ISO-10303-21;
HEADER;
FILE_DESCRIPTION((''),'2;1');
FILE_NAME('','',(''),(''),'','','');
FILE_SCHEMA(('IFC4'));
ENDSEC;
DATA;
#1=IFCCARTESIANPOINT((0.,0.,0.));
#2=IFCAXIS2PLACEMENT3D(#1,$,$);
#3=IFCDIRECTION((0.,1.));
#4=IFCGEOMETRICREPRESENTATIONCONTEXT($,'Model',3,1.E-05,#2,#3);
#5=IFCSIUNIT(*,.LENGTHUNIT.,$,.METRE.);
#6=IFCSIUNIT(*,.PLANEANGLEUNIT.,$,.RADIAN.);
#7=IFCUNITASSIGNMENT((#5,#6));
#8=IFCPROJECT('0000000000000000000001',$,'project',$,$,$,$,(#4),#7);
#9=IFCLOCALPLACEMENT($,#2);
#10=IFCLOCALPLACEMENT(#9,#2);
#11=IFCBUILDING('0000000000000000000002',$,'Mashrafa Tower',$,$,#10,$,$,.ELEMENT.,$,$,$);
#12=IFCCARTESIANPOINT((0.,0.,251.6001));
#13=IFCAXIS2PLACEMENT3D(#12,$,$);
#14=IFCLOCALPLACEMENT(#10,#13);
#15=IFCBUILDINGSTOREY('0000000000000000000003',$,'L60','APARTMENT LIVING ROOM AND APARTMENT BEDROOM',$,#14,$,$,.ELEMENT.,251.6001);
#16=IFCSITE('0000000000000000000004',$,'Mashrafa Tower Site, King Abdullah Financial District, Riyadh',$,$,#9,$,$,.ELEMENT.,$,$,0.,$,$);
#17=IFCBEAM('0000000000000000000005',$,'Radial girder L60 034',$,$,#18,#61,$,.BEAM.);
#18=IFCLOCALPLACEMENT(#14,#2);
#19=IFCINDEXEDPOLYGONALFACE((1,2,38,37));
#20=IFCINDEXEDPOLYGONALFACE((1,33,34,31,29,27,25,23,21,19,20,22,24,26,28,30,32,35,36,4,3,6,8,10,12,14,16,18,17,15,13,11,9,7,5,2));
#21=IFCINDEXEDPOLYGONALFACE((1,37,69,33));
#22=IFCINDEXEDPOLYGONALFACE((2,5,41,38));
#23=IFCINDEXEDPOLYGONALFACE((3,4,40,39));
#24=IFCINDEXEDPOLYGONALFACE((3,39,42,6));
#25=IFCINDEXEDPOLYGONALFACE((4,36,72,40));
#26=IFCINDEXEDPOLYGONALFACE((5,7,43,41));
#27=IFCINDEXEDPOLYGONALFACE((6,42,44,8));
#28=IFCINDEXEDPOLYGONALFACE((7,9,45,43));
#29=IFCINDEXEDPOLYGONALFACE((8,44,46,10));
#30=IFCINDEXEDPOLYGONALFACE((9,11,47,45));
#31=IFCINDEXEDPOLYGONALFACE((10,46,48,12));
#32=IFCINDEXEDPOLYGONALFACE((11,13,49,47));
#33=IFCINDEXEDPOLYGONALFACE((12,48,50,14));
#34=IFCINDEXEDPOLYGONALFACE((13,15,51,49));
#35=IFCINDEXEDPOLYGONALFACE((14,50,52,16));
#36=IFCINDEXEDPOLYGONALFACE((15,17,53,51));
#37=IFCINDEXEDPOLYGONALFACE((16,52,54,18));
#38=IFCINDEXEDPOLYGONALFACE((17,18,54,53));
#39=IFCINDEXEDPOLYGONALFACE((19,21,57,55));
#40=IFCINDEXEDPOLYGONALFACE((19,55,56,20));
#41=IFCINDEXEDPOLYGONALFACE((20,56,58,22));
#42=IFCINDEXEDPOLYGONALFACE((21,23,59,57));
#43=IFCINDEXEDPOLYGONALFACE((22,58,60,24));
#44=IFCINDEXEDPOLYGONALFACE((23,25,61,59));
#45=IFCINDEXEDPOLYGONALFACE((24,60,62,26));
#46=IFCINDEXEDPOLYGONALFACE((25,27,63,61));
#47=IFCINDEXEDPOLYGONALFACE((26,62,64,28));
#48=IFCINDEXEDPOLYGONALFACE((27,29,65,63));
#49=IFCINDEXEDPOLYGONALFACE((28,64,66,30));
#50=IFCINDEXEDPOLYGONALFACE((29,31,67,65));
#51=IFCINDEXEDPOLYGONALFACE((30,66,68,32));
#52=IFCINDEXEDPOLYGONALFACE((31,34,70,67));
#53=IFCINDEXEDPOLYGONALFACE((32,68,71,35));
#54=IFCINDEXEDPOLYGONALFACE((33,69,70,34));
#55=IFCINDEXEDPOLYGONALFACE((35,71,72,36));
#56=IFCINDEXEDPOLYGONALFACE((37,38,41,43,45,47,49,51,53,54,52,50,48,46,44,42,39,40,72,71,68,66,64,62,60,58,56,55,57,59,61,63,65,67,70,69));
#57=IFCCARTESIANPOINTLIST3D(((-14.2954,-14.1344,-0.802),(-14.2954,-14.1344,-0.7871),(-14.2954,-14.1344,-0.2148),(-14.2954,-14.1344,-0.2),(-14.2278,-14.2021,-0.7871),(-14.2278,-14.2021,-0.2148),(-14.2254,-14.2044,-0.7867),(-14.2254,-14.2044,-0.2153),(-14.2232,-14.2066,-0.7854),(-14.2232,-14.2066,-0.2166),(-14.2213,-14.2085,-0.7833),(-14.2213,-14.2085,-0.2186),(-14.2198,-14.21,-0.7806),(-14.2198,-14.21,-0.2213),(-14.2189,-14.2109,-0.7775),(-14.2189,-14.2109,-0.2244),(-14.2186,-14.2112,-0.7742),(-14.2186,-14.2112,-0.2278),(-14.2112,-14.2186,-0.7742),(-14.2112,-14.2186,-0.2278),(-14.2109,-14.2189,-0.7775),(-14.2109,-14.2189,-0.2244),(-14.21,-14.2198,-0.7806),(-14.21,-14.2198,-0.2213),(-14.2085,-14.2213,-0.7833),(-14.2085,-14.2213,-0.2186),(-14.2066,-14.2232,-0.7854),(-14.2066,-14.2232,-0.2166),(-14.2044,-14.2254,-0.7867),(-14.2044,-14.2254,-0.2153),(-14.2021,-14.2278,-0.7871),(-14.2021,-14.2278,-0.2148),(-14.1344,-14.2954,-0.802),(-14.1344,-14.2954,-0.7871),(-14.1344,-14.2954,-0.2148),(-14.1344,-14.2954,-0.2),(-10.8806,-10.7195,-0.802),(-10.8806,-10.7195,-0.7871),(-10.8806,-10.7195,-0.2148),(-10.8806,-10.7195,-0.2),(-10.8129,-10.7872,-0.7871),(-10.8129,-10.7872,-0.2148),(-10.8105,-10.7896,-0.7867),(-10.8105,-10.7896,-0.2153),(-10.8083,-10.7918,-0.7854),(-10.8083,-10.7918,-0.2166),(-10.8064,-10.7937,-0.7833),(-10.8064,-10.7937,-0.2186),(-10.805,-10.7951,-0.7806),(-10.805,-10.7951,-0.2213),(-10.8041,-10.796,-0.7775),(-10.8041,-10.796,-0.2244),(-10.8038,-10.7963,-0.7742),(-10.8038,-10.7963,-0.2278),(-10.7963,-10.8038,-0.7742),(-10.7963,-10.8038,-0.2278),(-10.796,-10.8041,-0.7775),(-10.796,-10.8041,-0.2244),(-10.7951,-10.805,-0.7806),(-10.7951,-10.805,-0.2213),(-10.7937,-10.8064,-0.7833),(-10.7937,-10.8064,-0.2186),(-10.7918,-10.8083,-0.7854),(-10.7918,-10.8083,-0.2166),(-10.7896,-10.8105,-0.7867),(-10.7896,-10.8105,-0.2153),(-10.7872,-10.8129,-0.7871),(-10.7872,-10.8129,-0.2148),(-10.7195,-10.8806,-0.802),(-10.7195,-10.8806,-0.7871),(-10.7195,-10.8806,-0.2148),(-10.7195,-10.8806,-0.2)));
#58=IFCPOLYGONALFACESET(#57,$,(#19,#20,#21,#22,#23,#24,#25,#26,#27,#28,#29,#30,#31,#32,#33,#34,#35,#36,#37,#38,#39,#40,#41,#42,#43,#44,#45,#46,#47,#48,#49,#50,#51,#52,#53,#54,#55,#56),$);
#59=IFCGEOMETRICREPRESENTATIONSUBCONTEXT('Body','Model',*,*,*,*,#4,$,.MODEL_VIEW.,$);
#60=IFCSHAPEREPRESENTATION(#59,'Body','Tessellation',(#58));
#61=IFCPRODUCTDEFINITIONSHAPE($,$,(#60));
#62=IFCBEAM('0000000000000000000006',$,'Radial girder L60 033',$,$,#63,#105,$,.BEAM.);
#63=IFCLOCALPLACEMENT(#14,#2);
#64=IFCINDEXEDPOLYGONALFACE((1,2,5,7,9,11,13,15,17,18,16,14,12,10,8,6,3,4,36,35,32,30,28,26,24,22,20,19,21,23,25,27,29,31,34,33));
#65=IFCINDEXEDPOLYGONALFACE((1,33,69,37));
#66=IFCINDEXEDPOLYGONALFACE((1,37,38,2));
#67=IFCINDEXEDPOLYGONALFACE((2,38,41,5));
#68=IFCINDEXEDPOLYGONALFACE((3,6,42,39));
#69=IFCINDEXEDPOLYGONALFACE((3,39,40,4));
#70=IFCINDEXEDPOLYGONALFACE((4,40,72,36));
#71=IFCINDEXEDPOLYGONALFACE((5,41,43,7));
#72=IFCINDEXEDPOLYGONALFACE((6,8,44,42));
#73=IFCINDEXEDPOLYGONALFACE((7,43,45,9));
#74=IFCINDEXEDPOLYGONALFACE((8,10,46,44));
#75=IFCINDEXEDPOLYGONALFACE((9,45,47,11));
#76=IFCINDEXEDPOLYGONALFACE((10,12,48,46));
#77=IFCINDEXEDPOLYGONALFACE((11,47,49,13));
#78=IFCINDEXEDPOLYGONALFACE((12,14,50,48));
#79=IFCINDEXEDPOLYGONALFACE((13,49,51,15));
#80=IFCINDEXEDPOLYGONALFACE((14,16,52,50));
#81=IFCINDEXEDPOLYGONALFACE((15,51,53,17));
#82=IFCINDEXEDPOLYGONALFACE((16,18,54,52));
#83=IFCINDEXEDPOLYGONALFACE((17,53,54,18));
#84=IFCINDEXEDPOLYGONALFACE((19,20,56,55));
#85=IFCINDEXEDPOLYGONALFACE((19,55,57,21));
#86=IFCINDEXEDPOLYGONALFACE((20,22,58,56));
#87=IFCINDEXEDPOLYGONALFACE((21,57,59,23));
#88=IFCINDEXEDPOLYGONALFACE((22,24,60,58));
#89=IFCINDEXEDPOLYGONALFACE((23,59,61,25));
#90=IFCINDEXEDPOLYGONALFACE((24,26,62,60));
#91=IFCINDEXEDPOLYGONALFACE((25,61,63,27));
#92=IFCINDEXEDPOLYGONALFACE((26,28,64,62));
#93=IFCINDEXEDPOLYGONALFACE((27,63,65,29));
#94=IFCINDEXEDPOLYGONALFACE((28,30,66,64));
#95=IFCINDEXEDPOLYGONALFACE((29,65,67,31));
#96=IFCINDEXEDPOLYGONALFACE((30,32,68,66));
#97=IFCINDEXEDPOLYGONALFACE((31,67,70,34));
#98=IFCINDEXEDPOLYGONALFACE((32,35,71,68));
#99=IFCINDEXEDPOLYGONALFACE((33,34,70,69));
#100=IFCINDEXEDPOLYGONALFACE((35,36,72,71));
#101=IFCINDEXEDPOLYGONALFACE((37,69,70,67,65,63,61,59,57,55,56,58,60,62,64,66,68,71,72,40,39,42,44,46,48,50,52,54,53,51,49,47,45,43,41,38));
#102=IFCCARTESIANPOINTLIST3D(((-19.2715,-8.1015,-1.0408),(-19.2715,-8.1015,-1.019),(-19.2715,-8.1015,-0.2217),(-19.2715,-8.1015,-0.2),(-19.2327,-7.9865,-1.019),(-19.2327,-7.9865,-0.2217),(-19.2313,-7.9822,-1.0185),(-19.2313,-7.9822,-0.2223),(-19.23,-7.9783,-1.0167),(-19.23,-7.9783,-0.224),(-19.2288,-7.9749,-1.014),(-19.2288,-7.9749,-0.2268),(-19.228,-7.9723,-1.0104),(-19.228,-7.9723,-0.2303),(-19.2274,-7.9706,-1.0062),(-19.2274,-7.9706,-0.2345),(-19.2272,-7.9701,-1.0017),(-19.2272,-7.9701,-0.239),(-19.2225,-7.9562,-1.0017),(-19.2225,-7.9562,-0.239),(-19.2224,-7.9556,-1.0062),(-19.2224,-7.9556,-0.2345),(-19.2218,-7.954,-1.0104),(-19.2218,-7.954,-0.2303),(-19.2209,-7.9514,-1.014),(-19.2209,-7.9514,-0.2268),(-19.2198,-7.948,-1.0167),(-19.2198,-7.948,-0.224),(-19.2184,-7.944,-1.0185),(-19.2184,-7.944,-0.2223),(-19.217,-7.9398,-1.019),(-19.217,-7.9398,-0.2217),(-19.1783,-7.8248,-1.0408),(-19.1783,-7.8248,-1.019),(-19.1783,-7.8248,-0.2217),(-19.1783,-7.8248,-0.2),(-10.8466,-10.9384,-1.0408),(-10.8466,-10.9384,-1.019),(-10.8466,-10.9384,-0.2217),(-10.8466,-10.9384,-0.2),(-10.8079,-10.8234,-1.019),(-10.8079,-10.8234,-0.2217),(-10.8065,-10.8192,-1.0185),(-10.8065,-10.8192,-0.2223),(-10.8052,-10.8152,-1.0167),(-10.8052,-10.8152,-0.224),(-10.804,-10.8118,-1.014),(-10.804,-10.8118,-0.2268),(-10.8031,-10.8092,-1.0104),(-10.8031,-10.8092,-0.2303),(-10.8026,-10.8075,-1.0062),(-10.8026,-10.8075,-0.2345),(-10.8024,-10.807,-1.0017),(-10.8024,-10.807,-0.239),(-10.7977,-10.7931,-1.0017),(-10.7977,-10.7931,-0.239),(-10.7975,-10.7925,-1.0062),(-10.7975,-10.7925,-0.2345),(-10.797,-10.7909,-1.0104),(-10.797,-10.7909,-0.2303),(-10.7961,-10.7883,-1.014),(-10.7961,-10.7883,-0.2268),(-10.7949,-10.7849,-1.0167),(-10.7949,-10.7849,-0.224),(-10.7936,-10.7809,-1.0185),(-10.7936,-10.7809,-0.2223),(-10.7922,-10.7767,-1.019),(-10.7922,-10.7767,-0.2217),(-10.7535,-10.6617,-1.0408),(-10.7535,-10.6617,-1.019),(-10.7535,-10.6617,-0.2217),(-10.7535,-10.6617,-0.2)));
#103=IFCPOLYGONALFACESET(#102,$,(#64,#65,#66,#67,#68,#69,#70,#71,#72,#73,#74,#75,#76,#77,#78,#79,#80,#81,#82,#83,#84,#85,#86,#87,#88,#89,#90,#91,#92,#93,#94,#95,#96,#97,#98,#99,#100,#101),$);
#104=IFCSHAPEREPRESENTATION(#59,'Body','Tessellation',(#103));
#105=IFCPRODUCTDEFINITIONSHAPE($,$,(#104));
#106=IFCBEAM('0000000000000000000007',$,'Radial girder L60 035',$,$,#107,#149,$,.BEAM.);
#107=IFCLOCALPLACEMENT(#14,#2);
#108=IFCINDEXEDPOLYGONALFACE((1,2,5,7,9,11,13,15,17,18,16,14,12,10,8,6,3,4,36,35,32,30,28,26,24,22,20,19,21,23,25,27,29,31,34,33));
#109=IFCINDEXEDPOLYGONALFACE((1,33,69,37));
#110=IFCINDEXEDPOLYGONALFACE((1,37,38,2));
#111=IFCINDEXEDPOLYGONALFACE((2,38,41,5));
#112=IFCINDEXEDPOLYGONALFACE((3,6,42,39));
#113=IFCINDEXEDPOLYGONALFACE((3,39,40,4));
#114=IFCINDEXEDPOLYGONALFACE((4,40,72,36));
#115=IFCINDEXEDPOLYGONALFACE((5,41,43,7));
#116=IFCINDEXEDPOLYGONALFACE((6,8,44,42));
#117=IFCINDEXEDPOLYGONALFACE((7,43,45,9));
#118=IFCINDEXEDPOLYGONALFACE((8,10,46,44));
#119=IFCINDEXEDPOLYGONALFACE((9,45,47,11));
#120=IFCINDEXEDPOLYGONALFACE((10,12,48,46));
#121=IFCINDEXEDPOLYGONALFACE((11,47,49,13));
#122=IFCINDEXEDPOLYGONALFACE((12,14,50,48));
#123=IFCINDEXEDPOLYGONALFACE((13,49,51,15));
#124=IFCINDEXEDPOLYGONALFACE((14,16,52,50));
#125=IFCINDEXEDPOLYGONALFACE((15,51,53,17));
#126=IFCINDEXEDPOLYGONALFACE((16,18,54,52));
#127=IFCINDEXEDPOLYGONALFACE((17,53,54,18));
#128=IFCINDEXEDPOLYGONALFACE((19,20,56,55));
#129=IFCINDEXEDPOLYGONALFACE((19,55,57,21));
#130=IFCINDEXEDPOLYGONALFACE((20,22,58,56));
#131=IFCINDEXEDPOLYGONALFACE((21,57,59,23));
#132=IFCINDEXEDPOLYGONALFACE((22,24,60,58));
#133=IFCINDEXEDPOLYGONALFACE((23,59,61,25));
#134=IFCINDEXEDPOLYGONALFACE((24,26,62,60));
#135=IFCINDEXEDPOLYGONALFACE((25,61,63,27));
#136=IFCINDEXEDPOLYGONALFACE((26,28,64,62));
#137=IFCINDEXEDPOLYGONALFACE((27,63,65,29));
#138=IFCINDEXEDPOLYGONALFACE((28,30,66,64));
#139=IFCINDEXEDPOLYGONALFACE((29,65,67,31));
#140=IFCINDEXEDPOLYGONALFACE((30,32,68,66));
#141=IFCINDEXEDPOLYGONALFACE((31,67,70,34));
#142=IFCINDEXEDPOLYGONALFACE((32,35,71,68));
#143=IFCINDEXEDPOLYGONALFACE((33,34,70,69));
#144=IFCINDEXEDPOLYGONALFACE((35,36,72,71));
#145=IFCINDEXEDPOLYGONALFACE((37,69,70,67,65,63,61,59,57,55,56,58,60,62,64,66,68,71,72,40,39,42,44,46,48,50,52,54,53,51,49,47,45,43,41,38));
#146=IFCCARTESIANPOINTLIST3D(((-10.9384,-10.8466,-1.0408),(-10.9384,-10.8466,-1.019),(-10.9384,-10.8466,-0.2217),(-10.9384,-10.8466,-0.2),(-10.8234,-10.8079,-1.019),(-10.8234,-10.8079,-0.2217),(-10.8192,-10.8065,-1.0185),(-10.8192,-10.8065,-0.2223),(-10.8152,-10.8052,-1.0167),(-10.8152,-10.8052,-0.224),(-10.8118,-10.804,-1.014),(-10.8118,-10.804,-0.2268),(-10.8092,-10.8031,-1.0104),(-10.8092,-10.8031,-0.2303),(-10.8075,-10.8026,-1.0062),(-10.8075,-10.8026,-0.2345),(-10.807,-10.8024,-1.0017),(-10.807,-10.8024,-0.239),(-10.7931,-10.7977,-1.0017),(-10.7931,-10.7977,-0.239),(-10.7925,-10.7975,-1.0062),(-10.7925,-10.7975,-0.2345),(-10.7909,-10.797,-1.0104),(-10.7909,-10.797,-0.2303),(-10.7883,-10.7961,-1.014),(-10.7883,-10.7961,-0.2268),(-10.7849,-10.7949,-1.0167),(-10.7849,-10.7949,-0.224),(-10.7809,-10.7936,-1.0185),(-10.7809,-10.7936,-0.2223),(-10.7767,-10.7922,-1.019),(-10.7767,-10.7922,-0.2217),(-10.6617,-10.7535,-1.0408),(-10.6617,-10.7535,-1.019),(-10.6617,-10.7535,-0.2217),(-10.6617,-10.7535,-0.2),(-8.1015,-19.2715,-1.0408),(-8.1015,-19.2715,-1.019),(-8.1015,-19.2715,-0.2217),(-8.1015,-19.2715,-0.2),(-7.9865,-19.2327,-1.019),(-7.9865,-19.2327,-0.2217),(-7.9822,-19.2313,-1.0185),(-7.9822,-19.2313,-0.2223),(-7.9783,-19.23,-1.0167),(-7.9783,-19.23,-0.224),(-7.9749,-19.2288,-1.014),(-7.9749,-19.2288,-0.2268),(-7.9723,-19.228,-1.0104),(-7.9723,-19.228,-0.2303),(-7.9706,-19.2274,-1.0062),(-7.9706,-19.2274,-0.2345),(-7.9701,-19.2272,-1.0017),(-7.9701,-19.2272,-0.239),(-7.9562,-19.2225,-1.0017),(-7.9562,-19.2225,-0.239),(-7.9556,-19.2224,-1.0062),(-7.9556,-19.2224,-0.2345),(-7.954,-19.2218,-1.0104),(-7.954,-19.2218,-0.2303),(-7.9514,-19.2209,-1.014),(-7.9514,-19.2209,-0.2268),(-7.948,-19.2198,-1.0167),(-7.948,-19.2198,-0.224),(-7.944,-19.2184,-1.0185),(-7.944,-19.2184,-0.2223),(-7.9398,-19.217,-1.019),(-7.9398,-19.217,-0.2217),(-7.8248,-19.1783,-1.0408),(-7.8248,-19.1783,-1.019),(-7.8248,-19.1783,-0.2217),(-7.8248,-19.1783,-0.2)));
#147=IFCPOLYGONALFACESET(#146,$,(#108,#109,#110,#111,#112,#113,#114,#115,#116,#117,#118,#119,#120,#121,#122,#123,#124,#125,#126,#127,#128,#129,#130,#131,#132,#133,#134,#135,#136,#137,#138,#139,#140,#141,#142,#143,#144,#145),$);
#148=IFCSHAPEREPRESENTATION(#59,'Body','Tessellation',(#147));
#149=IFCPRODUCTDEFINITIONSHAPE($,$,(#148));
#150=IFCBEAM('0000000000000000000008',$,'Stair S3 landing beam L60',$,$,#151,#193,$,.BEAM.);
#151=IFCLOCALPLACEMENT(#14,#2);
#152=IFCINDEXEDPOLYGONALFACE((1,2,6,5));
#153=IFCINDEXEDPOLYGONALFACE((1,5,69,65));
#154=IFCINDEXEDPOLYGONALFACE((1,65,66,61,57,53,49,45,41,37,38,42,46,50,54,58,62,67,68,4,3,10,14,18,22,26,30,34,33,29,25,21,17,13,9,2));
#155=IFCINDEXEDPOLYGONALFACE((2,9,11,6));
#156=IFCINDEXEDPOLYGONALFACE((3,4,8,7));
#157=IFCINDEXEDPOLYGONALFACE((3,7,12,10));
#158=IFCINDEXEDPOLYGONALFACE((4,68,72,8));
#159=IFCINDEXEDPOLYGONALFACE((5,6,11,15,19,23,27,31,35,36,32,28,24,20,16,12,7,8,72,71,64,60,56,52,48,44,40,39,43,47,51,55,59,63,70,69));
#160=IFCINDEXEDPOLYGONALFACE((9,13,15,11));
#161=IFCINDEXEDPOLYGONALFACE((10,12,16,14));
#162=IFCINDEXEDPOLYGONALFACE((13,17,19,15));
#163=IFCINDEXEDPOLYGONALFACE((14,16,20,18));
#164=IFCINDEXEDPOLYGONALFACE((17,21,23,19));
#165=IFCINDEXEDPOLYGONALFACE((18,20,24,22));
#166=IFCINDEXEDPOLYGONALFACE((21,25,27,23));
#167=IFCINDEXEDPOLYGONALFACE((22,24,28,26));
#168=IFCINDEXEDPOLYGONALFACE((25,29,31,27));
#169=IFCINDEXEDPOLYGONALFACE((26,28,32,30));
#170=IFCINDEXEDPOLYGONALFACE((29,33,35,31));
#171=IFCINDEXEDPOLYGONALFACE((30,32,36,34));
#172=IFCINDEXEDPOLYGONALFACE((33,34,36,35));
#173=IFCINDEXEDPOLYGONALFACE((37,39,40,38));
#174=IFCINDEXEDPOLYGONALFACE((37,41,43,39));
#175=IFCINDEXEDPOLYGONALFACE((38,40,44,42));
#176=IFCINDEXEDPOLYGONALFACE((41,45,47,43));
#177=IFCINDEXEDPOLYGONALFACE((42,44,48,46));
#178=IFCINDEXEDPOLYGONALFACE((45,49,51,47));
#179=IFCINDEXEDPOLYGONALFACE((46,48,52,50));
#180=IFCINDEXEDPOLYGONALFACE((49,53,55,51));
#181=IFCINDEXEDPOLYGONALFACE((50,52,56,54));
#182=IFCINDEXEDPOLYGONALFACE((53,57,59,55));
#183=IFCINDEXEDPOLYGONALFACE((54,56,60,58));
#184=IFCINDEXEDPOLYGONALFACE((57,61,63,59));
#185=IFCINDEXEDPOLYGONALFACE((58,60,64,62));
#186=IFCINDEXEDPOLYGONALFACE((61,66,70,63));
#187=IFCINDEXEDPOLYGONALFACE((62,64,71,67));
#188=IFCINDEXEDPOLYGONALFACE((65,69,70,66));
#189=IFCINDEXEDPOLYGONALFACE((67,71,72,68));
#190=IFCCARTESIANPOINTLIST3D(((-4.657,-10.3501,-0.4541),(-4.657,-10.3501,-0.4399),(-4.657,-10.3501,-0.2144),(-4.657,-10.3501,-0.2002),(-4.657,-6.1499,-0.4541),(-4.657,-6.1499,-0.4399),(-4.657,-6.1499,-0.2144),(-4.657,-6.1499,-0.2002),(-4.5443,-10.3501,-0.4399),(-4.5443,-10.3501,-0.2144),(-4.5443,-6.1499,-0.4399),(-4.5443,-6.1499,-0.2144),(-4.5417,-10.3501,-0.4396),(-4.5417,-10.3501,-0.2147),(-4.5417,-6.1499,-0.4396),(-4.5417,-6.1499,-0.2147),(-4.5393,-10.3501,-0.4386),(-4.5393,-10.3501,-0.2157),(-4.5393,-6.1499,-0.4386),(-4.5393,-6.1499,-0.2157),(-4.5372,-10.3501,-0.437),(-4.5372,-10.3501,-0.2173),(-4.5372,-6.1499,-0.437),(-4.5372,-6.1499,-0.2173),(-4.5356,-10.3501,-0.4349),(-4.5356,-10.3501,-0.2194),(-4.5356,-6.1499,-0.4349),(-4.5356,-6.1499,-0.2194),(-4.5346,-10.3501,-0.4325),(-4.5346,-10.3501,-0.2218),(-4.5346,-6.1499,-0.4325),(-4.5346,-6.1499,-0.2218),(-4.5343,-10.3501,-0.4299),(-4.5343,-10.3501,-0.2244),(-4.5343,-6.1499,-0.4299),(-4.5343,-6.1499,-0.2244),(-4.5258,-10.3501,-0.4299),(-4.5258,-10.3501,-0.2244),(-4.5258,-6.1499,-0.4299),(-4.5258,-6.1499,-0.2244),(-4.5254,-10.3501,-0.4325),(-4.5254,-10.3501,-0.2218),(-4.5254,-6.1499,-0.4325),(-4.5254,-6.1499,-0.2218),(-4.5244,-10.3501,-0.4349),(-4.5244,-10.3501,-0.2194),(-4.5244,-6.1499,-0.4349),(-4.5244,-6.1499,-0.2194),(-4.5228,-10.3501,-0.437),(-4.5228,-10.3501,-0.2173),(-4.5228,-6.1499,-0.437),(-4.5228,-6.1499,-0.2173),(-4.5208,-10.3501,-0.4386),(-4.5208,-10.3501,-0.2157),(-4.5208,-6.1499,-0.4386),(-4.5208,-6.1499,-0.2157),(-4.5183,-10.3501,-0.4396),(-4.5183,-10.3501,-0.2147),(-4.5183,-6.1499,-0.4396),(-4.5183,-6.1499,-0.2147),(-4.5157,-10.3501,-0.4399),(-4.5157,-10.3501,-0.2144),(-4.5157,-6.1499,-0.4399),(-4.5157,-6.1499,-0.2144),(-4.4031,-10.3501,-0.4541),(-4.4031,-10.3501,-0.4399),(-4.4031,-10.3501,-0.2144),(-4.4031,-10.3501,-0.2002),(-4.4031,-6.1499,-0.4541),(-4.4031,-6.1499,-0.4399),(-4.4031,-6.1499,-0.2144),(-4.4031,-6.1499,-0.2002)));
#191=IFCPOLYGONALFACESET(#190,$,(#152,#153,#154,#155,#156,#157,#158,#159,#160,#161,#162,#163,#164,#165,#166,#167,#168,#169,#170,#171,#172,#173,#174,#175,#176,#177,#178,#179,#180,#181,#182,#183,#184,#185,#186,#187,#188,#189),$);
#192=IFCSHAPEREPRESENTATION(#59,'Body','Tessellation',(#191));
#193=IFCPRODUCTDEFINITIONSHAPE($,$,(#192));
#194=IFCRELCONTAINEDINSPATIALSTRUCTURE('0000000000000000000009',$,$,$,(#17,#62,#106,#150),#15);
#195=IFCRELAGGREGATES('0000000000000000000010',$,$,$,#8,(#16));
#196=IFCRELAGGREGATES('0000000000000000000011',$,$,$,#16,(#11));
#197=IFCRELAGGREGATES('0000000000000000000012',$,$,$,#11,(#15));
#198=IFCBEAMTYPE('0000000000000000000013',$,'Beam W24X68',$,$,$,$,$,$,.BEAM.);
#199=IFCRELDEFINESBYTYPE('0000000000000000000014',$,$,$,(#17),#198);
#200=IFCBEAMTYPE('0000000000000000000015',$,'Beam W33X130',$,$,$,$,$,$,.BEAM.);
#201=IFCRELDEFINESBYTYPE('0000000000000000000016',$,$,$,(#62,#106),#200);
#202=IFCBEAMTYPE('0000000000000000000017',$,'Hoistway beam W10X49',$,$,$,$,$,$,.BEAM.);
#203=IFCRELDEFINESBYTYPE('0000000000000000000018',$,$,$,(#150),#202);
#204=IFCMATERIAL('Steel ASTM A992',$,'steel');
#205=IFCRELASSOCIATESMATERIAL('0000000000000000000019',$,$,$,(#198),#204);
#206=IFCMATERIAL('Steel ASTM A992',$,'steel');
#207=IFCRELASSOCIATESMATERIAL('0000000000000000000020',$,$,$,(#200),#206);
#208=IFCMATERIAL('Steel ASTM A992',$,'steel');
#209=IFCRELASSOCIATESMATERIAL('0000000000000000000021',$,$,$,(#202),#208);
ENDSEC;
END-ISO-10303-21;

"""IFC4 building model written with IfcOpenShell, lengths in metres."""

from ifc_helpers import new_model, si_unit, direction, frame, origin, origin_2d, place, context, subcontext, project, spatial, i_section, extrude, material, material_profile, profile_set, type_object, element, save


model = new_model("IFC4")

# Units and contexts
model_context = context("Model", 3, precision=1e-05, world=origin(), true_north=direction((0.0, 1.0)))
body_context = subcontext(model_context, "Body", "Model", "MODEL_VIEW")
ifc_project = project(units=[si_unit("LENGTHUNIT", "METRE"), si_unit("PLANEANGLEUNIT", "RADIAN")], contexts=[model_context])

# Site, building, storey
site_placement = place(None, origin())
site = spatial("IfcSite", under=ifc_project, at=site_placement, Name="Mashrafa Tower Site, King Abdullah Financial District, Riyadh", CompositionType="ELEMENT", RefElevation=0.0)
building_placement = place(site_placement, origin())
building = spatial("IfcBuilding", under=site, at=building_placement, Name="Mashrafa Tower", CompositionType="ELEMENT")
storey_placement = place(building_placement, frame((0.0, 0.0, 251.6001)))
storey = spatial("IfcBuildingStorey", under=building, at=storey_placement, Name="L60", Description="APARTMENT LIVING ROOM AND APARTMENT BEDROOM", CompositionType="ELEMENT", Elevation=251.6001)

# Beams
ifc_material_1 = material(Name="Steel ASTM A992", Category="steel")
ifc_material_profile_1 = material_profile(ifc_material_1, i_section(OverallWidth=0.2278, OverallDepth=0.6021, WebThickness=0.0105, FlangeThickness=0.0149, FilletRadius=0.0129, at=origin_2d()), Name="W24X68")
ifc_profile_set_1 = profile_set([ifc_material_profile_1], Name="Steel ASTM A992")
beam_type_1 = type_object("IfcBeamType", Name="Beam W24X68", PredefinedType="BEAM", material=ifc_profile_set_1)
beam_1_placement = place(storey_placement, frame((-10.8, -10.8, -0.501), z_axis=(-0.707107, -0.707107, 0.0), x_axis=(0.707107, -0.707107, 0.0)))
element("IfcBeam", 1, at=beam_1_placement, inside=storey, type_object=beam_type_1, Name="Radial girder L60 034", PredefinedType="BEAM", context=body_context, shape_type="SweptSolid", body=[
    extrude(i_section(OverallWidth=0.2278, OverallDepth=0.6021, WebThickness=0.0105, FlangeThickness=0.0149, FilletRadius=0.0129, at=origin_2d()), origin(), (0.0, 0.0, 1.0), 4.8293),
])
ifc_material_2 = material(Name="Steel ASTM A992", Category="steel")
ifc_material_profile_2 = material_profile(ifc_material_2, i_section(OverallWidth=0.292, OverallDepth=0.8408, WebThickness=0.0146, FlangeThickness=0.0217, FilletRadius=0.0173, at=origin_2d()), Name="W33X130")
ifc_profile_set_2 = profile_set([ifc_material_profile_2], Name="Steel ASTM A992")
beam_type_2 = type_object("IfcBeamType", Name="Beam W33X130", PredefinedType="BEAM", material=ifc_profile_set_2)
for number, where, z_axis, x_axis, name in (
    (2, (-10.8, -10.8, -0.6204), (-0.947712, 0.319126, 0.0), (-0.319126, -0.947712, 0.0), "Radial girder L60 033"),
    (3, (-10.8, -10.8, -0.6204), (0.319126, -0.947712, 0.0), (0.947712, 0.319126, 0.0), "Radial girder L60 035"),
):
    element("IfcBeam", number, at=place(storey_placement, frame(where, z_axis=z_axis, x_axis=x_axis)), inside=storey, type_object=beam_type_2, Name=name, PredefinedType="BEAM", context=body_context, shape_type="SweptSolid", body=[
        extrude(i_section(OverallWidth=0.292, OverallDepth=0.8408, WebThickness=0.0146, FlangeThickness=0.0217, FilletRadius=0.0173, at=origin_2d()), origin(), (0.0, 0.0, 1.0), 8.8896),
    ])
ifc_material_3 = material(Name="Steel ASTM A992", Category="steel")
ifc_material_profile_3 = material_profile(ifc_material_3, i_section(OverallWidth=0.2539, OverallDepth=0.2539, WebThickness=0.0085, FlangeThickness=0.0142, FilletRadius=0.01, at=origin_2d()), Name="W10X49")
ifc_profile_set_3 = profile_set([ifc_material_profile_3], Name="Steel ASTM A992")
beam_type_3 = type_object("IfcBeamType", Name="Hoistway beam W10X49", PredefinedType="BEAM", material=ifc_profile_set_3)
beam_2_placement = place(storey_placement, frame((-4.53, -10.3501, -0.3271), z_axis=(0.0, 1.0, 0.0), x_axis=(-1.0, 0.0, 0.0)))
element("IfcBeam", 4, at=beam_2_placement, inside=storey, type_object=beam_type_3, Name="Stair S3 landing beam L60", PredefinedType="BEAM", context=body_context, shape_type="SweptSolid", body=[
    extrude(i_section(OverallWidth=0.2539, OverallDepth=0.2539, WebThickness=0.0085, FlangeThickness=0.0142, FilletRadius=0.01, at=origin_2d()), origin(), (0.0, 0.0, 1.0), 4.2002),
])

save(model, "model.ifc")
